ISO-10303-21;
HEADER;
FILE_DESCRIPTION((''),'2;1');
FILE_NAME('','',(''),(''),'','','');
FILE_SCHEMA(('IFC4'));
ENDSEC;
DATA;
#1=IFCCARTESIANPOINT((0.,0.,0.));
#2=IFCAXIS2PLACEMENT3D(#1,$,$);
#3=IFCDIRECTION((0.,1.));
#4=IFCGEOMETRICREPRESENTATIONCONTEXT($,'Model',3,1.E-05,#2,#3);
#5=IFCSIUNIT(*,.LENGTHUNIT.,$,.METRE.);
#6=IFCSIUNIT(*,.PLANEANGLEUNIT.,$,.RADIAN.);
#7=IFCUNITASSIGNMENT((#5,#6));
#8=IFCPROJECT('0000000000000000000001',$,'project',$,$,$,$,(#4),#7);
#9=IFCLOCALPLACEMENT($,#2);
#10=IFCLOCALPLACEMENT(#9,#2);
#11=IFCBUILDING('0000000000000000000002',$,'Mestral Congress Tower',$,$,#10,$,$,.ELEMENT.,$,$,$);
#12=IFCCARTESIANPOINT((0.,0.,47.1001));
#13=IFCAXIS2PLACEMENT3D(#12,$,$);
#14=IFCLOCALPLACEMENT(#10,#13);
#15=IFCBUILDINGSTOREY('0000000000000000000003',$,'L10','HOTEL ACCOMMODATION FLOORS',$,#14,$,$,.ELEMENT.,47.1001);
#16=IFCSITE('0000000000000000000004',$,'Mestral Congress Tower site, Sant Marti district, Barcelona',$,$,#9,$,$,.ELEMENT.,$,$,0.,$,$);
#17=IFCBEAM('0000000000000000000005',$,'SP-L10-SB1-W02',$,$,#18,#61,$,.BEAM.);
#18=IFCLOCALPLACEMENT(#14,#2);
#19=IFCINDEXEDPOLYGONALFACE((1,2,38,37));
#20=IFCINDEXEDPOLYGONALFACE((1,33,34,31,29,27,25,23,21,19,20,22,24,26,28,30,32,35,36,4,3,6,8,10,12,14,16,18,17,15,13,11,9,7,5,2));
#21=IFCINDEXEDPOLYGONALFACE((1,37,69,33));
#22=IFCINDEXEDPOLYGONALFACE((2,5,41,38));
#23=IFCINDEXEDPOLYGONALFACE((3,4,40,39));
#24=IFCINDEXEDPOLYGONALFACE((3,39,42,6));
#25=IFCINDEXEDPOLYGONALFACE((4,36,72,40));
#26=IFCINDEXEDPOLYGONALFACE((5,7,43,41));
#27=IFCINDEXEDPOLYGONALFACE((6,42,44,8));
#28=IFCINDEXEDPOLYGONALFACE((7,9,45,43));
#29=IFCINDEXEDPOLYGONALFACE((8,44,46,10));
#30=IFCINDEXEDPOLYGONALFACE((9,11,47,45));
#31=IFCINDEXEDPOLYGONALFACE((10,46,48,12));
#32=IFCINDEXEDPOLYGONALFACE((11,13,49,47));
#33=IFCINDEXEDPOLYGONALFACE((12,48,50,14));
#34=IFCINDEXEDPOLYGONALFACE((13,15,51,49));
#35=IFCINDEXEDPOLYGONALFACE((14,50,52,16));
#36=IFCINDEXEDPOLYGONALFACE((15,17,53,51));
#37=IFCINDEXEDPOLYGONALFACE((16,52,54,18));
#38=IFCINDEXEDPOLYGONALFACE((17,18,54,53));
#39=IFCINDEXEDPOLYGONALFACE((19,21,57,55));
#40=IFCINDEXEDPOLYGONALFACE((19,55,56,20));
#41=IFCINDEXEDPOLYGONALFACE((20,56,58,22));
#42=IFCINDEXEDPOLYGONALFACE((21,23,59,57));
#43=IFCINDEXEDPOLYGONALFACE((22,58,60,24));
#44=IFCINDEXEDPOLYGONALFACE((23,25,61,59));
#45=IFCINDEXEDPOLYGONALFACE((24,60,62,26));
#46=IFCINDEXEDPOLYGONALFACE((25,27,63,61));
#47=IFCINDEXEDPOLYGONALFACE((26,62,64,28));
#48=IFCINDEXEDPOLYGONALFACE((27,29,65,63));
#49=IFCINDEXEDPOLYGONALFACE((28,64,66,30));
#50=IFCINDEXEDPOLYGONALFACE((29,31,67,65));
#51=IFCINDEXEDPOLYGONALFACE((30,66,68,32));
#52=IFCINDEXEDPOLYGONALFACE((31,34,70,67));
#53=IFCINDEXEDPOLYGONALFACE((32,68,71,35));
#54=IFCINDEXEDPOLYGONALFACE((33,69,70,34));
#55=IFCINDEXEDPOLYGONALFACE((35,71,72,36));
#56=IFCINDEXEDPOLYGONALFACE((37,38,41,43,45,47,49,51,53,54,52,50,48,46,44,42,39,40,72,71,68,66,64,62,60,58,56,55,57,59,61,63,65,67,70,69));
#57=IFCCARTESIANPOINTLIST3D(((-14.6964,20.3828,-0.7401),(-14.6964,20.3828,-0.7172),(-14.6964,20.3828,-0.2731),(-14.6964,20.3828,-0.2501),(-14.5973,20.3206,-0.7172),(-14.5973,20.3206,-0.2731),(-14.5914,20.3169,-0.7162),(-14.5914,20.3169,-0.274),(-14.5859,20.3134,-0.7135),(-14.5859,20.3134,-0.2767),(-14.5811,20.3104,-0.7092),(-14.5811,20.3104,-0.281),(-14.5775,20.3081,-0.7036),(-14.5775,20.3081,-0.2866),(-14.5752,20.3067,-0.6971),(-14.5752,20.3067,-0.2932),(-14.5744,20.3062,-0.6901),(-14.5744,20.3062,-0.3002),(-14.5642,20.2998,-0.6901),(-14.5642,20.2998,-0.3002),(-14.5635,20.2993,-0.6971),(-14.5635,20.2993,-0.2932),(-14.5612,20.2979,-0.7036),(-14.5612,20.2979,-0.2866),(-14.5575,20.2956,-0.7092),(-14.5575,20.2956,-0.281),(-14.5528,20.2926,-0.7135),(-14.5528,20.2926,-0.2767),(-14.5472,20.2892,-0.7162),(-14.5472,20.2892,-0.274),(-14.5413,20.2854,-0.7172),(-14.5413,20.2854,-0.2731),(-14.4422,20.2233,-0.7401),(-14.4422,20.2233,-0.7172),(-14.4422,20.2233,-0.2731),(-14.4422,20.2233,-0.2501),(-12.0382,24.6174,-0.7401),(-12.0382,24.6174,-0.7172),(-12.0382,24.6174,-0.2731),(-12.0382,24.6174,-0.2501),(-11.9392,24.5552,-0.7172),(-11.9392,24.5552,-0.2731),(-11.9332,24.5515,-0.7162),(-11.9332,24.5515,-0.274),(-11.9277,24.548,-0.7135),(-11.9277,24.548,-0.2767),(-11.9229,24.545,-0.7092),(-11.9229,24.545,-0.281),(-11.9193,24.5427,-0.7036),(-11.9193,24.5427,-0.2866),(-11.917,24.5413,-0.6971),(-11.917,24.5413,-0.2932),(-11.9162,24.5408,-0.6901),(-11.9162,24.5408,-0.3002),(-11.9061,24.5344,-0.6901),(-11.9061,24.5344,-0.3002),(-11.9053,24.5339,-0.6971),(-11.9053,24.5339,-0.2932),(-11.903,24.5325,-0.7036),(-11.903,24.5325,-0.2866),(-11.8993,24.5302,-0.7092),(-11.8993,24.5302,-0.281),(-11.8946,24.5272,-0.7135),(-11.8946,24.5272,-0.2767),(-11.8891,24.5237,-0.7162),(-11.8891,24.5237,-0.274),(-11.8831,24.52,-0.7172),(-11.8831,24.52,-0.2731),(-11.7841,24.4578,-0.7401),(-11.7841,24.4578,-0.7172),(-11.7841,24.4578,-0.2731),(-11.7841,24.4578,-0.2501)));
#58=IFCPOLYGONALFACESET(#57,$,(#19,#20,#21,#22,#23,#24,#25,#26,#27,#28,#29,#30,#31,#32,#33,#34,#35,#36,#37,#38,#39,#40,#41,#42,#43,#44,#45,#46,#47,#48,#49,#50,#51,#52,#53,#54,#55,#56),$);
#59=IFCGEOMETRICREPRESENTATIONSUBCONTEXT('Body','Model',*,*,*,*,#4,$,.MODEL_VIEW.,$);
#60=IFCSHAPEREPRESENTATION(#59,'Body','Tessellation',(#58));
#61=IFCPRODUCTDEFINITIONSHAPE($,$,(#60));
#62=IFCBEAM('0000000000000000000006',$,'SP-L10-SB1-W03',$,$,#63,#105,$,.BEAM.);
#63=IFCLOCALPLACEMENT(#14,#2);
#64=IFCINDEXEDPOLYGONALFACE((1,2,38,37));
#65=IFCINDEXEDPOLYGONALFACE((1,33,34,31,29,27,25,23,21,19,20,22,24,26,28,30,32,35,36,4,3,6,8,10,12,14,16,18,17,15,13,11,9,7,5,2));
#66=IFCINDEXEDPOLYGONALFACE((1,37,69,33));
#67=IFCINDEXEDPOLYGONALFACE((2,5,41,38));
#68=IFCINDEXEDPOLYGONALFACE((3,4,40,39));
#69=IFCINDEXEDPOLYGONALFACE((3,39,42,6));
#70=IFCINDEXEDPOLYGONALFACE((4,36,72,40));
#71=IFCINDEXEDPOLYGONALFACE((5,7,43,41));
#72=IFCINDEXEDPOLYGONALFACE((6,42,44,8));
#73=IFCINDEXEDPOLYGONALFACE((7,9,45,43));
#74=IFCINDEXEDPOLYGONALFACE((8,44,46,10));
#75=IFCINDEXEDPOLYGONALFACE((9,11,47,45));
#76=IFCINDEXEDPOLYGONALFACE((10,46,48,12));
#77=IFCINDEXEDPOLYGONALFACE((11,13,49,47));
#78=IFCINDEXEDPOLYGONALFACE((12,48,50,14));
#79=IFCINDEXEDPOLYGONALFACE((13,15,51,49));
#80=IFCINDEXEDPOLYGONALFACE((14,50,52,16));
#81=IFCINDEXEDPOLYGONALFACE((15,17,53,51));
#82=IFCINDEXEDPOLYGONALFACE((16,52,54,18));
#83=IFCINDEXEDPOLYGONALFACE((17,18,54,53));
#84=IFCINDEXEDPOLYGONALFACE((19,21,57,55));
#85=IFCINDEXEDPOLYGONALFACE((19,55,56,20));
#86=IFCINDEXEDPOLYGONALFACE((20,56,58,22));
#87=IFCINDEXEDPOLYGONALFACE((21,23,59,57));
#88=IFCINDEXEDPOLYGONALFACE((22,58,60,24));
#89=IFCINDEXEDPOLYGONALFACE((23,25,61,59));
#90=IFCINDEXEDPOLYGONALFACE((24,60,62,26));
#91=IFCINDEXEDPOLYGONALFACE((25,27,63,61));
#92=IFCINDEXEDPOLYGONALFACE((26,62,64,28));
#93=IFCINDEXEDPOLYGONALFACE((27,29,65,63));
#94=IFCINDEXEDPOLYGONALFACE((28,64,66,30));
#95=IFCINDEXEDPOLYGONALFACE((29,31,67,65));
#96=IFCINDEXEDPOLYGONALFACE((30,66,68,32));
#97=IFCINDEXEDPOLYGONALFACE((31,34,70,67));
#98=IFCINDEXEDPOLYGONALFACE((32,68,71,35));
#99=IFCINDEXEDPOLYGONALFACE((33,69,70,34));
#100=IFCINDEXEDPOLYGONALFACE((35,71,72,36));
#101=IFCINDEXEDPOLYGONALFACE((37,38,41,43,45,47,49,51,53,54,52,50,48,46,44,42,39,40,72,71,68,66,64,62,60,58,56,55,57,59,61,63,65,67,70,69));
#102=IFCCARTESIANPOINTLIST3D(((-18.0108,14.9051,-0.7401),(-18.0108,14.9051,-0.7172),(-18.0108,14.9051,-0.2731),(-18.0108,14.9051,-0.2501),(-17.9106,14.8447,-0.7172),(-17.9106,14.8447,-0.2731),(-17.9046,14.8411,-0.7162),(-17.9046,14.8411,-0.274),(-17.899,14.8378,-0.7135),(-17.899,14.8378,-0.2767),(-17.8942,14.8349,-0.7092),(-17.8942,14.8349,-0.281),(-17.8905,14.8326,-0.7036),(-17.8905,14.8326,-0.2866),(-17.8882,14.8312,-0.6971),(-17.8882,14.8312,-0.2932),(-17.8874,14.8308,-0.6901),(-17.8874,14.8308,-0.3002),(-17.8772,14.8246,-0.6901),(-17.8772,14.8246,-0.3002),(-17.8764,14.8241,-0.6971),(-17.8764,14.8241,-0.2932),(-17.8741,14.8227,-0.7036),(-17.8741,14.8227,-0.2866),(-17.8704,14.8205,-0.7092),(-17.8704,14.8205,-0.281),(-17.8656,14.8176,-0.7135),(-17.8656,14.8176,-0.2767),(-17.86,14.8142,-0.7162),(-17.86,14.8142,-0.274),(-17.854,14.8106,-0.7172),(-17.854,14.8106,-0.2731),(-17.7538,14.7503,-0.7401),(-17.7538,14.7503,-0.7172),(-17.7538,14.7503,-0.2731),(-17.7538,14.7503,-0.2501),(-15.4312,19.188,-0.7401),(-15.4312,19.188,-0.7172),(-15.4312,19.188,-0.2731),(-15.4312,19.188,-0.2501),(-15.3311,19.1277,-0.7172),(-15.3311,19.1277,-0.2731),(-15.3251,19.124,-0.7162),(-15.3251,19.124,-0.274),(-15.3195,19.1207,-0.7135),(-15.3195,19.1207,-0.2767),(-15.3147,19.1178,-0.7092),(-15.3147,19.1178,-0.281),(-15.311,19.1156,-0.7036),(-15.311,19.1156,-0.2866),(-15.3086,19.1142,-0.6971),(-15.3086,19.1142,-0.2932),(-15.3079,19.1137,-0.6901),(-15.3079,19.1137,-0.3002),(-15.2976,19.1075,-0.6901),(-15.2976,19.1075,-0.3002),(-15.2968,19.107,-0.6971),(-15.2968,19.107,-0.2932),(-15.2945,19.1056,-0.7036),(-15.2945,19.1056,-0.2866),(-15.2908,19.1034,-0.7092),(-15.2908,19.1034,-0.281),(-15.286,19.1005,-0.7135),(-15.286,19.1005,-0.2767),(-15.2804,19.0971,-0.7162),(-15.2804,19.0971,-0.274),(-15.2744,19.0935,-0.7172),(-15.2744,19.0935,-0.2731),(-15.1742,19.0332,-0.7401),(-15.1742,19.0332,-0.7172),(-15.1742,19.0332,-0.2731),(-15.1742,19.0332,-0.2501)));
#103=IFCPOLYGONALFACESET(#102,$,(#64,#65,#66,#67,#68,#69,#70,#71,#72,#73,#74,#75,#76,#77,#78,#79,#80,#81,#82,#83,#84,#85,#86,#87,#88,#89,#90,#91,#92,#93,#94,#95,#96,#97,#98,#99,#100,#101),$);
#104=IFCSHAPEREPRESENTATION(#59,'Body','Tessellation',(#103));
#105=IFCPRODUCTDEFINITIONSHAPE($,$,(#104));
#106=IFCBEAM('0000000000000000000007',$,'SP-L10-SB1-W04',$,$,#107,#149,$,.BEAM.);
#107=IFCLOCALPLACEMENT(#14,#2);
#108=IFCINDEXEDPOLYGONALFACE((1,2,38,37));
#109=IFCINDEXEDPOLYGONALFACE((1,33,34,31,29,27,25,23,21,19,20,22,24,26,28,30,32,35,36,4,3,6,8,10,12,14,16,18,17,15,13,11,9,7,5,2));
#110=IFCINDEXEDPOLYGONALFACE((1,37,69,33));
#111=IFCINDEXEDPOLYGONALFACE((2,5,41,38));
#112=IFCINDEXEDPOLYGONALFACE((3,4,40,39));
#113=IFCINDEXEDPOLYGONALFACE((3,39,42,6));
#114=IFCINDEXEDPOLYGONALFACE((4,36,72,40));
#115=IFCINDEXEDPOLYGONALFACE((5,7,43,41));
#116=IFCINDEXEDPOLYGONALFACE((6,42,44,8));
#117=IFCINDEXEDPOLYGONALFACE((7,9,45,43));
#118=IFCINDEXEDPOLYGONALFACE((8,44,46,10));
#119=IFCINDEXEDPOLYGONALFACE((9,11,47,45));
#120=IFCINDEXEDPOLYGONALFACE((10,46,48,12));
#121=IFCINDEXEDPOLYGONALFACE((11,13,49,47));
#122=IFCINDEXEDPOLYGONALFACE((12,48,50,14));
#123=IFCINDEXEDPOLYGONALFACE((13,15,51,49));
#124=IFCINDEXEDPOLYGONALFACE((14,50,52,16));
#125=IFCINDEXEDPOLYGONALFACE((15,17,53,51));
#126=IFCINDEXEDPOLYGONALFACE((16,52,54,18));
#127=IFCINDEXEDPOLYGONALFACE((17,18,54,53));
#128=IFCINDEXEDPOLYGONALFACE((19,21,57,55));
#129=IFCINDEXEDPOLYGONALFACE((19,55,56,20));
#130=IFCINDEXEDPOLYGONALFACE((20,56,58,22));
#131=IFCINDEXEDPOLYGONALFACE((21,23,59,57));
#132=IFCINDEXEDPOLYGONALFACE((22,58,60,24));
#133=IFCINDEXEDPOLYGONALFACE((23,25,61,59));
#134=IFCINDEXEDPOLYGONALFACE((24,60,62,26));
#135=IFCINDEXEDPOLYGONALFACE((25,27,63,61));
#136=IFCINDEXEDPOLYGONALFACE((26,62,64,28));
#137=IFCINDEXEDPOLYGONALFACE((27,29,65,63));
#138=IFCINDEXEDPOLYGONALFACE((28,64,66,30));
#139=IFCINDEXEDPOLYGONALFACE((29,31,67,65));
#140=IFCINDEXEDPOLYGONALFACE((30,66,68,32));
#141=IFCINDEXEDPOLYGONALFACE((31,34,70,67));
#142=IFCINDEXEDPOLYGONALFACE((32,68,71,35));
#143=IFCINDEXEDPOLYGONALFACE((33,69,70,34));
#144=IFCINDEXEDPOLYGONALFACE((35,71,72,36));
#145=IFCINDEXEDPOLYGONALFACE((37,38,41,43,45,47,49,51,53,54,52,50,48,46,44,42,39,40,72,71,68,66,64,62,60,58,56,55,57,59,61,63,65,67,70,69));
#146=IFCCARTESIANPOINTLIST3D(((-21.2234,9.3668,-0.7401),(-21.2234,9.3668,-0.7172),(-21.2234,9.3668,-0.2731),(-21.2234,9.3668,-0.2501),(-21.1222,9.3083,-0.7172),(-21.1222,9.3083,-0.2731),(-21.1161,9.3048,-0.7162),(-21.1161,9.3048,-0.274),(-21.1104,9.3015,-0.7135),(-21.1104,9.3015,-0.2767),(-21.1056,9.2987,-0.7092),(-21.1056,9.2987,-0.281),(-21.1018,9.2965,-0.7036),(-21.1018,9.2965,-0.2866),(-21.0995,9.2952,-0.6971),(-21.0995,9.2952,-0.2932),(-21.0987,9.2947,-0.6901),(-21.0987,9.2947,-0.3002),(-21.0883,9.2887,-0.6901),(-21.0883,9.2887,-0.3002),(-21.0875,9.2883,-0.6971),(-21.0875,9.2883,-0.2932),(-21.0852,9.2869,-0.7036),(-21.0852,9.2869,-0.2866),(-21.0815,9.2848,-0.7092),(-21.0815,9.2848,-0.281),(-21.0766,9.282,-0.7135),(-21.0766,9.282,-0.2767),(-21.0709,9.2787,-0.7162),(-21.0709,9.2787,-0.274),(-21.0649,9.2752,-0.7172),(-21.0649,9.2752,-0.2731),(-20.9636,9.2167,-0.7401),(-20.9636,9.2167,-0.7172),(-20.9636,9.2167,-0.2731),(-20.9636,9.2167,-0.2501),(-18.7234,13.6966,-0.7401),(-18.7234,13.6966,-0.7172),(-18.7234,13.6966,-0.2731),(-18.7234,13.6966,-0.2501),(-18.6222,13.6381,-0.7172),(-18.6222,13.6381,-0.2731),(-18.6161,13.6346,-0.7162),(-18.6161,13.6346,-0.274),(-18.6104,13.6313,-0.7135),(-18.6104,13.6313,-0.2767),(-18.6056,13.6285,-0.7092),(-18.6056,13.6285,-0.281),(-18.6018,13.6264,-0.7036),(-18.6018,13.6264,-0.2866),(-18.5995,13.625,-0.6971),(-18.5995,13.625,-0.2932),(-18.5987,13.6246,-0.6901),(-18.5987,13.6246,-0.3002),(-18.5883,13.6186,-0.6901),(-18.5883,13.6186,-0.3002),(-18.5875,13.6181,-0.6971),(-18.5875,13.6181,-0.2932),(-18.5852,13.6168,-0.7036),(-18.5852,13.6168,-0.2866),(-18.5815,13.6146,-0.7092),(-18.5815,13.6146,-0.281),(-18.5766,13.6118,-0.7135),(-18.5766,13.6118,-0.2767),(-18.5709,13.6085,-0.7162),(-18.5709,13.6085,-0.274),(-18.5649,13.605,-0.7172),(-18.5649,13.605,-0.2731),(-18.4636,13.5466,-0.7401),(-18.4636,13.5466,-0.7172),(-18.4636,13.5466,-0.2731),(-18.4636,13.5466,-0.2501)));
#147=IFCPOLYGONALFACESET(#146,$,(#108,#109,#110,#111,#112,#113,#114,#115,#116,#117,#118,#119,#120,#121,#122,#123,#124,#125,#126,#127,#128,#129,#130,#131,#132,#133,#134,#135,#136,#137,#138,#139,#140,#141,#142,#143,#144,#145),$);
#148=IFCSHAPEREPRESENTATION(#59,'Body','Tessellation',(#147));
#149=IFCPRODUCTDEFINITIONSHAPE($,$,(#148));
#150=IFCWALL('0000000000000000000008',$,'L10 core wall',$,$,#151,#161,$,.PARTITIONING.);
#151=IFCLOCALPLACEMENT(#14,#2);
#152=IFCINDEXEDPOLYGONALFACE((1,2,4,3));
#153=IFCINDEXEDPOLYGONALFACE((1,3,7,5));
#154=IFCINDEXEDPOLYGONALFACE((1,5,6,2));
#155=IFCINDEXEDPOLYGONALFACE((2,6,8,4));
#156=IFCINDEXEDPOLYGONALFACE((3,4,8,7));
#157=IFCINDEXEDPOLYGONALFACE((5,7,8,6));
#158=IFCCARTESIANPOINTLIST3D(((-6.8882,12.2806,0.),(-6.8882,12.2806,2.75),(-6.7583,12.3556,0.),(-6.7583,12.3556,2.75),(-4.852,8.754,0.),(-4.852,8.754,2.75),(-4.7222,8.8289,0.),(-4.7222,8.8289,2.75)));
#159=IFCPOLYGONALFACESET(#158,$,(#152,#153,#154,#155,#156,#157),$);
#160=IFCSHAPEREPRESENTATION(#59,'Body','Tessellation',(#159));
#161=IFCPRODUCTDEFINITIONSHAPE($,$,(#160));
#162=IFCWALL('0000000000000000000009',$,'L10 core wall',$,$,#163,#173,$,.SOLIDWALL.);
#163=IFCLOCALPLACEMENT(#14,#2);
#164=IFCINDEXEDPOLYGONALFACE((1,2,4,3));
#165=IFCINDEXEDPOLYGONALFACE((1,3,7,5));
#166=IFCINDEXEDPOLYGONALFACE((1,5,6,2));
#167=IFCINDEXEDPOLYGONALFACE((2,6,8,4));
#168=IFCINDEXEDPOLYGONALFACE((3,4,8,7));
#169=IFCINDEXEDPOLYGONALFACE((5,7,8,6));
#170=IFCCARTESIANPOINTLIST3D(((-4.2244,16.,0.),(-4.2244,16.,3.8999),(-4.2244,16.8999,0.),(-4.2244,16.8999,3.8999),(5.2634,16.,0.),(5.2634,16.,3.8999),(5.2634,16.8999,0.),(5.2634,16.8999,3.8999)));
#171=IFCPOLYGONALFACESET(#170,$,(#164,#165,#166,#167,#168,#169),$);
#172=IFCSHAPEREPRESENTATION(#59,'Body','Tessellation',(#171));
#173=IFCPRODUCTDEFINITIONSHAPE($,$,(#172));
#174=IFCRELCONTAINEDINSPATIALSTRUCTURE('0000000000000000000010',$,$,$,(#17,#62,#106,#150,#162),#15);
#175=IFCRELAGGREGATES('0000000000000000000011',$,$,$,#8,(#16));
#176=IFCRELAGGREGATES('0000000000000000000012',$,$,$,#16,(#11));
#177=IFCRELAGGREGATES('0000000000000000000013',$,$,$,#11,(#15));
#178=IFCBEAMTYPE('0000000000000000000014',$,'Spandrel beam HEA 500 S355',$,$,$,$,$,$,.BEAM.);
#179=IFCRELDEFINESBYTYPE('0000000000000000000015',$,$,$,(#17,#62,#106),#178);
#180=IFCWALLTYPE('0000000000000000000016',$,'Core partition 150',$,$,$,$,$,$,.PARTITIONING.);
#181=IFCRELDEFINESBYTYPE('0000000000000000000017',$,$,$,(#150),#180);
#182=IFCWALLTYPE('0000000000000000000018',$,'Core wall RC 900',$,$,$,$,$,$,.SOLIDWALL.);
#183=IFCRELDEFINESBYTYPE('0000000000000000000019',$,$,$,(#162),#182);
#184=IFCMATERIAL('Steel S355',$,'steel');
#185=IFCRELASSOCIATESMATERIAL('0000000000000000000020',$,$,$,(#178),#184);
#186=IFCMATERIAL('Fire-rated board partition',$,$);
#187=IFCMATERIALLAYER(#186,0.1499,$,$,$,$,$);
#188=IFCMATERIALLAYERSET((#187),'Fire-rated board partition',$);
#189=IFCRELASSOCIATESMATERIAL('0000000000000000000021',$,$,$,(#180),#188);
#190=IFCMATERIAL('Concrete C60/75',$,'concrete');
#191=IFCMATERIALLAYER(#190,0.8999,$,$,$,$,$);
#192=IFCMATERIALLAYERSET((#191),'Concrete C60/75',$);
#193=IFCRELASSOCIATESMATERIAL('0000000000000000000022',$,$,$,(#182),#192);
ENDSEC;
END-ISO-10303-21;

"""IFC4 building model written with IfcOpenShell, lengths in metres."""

from ifc_helpers import new_model, si_unit, direction, frame, frame_2d, origin, origin_2d, place, context, subcontext, project, spatial, rectangle, i_section, extrude, material, layer, layer_set, material_profile, profile_set, type_object, element, save


model = new_model("IFC4")

# Units and contexts
model_context = context("Model", 3, precision=1e-05, world=origin(), true_north=direction((0.0, 1.0)))
body_context = subcontext(model_context, "Body", "Model", "MODEL_VIEW")
ifc_project = project(units=[si_unit("LENGTHUNIT", "METRE"), si_unit("PLANEANGLEUNIT", "RADIAN")], contexts=[model_context])

# Site, building, storey
site_placement = place(None, origin())
site = spatial("IfcSite", under=ifc_project, at=site_placement, Name="Mestral Congress Tower site, Sant Marti district, Barcelona", CompositionType="ELEMENT", RefElevation=0.0)
building_placement = place(site_placement, origin())
building = spatial("IfcBuilding", under=site, at=building_placement, Name="Mestral Congress Tower", CompositionType="ELEMENT")
storey_placement = place(building_placement, frame((0.0, 0.0, 47.1001)))
storey = spatial("IfcBuildingStorey", under=building, at=storey_placement, Name="L10", Description="HOTEL ACCOMMODATION FLOORS", CompositionType="ELEMENT", Elevation=47.1001)

# Beams
ifc_material_1 = material(Name="Steel S355", Category="steel")
ifc_material_profile_1 = material_profile(ifc_material_1, i_section(OverallWidth=0.3, OverallDepth=0.49, WebThickness=0.012, FlangeThickness=0.0229, FilletRadius=0.0271, at=origin_2d()), Name="HEA 500")
ifc_profile_set_1 = profile_set([ifc_material_profile_1], Name="Steel S355")
beam_type_1 = type_object("IfcBeamType", Name="Spandrel beam HEA 500 S355", PredefinedType="BEAM", material=ifc_profile_set_1)
for number, where, z_axis, x_axis, name in (
    (1, (-11.9111, 24.5376, -0.4951), (-0.531661, -0.846957, 0.0), (0.846957, -0.531661, 0.0), "SP-L10-SB1-W02"),
    (2, (-15.3027, 19.1106, -0.4951), (-0.515938, -0.856626, 0.0), (0.856626, -0.515938, 0.0), "SP-L10-SB1-W03"),
    (3, (-18.5935, 13.6216, -0.4951), (-0.500025, -0.866011, 0.0), (0.866011, -0.500025, 0.0), "SP-L10-SB1-W04"),
):
    element("IfcBeam", number, at=place(storey_placement, frame(where, z_axis=z_axis, x_axis=x_axis)), inside=storey, type_object=beam_type_1, Name=name, PredefinedType="BEAM", context=body_context, shape_type="SweptSolid", body=[
        extrude(i_section(OverallWidth=0.3, OverallDepth=0.49, WebThickness=0.012, FlangeThickness=0.0229, FilletRadius=0.0271, at=origin_2d()), origin(), (0.0, 0.0, 1.0), 4.9998),
    ])

# Walls
ifc_material_2 = material(Name="Fire-rated board partition")
ifc_layer_1 = layer(ifc_material_2, 0.1499)
ifc_layer_set_1 = layer_set([ifc_layer_1], Name="Fire-rated board partition")
wall_type_1 = type_object("IfcWallType", Name="Core partition 150", PredefinedType="PARTITIONING", material=ifc_layer_set_1)
wall_1_placement = place(storey_placement, frame((-6.8232, 12.3181, 0.0), z_axis=(0.0, 0.0, 1.0), x_axis=(0.500008, -0.866021, 0.0)))
element("IfcWall", 4, at=wall_1_placement, inside=storey, type_object=wall_type_1, Name="L10 core wall", PredefinedType="PARTITIONING", context=body_context, shape_type="SweptSolid", body=[
    extrude(rectangle(XDim=4.0723, YDim=0.1499, at=frame_2d((2.0361, 0.0))), origin(), (0.0, 0.0, 1.0), 2.75),
])
ifc_material_3 = material(Name="Concrete C60/75", Category="concrete")
ifc_layer_2 = layer(ifc_material_3, 0.8999)
ifc_layer_set_2 = layer_set([ifc_layer_2], Name="Concrete C60/75")
wall_type_2 = type_object("IfcWallType", Name="Core wall RC 900", PredefinedType="SOLIDWALL", material=ifc_layer_set_2)
wall_2_placement = place(storey_placement, frame((-4.2244, 16.45, 0.0), z_axis=(0.0, 0.0, 1.0), x_axis=(1.0, 0.0, 0.0)))
element("IfcWall", 5, at=wall_2_placement, inside=storey, type_object=wall_type_2, Name="L10 core wall", PredefinedType="SOLIDWALL", context=body_context, shape_type="SweptSolid", body=[
    extrude(rectangle(XDim=9.4878, YDim=0.8999, at=frame_2d((4.7439, 0.0))), origin(), (0.0, 0.0, 1.0), 3.8999),
])

save(model, "model.ifc")
